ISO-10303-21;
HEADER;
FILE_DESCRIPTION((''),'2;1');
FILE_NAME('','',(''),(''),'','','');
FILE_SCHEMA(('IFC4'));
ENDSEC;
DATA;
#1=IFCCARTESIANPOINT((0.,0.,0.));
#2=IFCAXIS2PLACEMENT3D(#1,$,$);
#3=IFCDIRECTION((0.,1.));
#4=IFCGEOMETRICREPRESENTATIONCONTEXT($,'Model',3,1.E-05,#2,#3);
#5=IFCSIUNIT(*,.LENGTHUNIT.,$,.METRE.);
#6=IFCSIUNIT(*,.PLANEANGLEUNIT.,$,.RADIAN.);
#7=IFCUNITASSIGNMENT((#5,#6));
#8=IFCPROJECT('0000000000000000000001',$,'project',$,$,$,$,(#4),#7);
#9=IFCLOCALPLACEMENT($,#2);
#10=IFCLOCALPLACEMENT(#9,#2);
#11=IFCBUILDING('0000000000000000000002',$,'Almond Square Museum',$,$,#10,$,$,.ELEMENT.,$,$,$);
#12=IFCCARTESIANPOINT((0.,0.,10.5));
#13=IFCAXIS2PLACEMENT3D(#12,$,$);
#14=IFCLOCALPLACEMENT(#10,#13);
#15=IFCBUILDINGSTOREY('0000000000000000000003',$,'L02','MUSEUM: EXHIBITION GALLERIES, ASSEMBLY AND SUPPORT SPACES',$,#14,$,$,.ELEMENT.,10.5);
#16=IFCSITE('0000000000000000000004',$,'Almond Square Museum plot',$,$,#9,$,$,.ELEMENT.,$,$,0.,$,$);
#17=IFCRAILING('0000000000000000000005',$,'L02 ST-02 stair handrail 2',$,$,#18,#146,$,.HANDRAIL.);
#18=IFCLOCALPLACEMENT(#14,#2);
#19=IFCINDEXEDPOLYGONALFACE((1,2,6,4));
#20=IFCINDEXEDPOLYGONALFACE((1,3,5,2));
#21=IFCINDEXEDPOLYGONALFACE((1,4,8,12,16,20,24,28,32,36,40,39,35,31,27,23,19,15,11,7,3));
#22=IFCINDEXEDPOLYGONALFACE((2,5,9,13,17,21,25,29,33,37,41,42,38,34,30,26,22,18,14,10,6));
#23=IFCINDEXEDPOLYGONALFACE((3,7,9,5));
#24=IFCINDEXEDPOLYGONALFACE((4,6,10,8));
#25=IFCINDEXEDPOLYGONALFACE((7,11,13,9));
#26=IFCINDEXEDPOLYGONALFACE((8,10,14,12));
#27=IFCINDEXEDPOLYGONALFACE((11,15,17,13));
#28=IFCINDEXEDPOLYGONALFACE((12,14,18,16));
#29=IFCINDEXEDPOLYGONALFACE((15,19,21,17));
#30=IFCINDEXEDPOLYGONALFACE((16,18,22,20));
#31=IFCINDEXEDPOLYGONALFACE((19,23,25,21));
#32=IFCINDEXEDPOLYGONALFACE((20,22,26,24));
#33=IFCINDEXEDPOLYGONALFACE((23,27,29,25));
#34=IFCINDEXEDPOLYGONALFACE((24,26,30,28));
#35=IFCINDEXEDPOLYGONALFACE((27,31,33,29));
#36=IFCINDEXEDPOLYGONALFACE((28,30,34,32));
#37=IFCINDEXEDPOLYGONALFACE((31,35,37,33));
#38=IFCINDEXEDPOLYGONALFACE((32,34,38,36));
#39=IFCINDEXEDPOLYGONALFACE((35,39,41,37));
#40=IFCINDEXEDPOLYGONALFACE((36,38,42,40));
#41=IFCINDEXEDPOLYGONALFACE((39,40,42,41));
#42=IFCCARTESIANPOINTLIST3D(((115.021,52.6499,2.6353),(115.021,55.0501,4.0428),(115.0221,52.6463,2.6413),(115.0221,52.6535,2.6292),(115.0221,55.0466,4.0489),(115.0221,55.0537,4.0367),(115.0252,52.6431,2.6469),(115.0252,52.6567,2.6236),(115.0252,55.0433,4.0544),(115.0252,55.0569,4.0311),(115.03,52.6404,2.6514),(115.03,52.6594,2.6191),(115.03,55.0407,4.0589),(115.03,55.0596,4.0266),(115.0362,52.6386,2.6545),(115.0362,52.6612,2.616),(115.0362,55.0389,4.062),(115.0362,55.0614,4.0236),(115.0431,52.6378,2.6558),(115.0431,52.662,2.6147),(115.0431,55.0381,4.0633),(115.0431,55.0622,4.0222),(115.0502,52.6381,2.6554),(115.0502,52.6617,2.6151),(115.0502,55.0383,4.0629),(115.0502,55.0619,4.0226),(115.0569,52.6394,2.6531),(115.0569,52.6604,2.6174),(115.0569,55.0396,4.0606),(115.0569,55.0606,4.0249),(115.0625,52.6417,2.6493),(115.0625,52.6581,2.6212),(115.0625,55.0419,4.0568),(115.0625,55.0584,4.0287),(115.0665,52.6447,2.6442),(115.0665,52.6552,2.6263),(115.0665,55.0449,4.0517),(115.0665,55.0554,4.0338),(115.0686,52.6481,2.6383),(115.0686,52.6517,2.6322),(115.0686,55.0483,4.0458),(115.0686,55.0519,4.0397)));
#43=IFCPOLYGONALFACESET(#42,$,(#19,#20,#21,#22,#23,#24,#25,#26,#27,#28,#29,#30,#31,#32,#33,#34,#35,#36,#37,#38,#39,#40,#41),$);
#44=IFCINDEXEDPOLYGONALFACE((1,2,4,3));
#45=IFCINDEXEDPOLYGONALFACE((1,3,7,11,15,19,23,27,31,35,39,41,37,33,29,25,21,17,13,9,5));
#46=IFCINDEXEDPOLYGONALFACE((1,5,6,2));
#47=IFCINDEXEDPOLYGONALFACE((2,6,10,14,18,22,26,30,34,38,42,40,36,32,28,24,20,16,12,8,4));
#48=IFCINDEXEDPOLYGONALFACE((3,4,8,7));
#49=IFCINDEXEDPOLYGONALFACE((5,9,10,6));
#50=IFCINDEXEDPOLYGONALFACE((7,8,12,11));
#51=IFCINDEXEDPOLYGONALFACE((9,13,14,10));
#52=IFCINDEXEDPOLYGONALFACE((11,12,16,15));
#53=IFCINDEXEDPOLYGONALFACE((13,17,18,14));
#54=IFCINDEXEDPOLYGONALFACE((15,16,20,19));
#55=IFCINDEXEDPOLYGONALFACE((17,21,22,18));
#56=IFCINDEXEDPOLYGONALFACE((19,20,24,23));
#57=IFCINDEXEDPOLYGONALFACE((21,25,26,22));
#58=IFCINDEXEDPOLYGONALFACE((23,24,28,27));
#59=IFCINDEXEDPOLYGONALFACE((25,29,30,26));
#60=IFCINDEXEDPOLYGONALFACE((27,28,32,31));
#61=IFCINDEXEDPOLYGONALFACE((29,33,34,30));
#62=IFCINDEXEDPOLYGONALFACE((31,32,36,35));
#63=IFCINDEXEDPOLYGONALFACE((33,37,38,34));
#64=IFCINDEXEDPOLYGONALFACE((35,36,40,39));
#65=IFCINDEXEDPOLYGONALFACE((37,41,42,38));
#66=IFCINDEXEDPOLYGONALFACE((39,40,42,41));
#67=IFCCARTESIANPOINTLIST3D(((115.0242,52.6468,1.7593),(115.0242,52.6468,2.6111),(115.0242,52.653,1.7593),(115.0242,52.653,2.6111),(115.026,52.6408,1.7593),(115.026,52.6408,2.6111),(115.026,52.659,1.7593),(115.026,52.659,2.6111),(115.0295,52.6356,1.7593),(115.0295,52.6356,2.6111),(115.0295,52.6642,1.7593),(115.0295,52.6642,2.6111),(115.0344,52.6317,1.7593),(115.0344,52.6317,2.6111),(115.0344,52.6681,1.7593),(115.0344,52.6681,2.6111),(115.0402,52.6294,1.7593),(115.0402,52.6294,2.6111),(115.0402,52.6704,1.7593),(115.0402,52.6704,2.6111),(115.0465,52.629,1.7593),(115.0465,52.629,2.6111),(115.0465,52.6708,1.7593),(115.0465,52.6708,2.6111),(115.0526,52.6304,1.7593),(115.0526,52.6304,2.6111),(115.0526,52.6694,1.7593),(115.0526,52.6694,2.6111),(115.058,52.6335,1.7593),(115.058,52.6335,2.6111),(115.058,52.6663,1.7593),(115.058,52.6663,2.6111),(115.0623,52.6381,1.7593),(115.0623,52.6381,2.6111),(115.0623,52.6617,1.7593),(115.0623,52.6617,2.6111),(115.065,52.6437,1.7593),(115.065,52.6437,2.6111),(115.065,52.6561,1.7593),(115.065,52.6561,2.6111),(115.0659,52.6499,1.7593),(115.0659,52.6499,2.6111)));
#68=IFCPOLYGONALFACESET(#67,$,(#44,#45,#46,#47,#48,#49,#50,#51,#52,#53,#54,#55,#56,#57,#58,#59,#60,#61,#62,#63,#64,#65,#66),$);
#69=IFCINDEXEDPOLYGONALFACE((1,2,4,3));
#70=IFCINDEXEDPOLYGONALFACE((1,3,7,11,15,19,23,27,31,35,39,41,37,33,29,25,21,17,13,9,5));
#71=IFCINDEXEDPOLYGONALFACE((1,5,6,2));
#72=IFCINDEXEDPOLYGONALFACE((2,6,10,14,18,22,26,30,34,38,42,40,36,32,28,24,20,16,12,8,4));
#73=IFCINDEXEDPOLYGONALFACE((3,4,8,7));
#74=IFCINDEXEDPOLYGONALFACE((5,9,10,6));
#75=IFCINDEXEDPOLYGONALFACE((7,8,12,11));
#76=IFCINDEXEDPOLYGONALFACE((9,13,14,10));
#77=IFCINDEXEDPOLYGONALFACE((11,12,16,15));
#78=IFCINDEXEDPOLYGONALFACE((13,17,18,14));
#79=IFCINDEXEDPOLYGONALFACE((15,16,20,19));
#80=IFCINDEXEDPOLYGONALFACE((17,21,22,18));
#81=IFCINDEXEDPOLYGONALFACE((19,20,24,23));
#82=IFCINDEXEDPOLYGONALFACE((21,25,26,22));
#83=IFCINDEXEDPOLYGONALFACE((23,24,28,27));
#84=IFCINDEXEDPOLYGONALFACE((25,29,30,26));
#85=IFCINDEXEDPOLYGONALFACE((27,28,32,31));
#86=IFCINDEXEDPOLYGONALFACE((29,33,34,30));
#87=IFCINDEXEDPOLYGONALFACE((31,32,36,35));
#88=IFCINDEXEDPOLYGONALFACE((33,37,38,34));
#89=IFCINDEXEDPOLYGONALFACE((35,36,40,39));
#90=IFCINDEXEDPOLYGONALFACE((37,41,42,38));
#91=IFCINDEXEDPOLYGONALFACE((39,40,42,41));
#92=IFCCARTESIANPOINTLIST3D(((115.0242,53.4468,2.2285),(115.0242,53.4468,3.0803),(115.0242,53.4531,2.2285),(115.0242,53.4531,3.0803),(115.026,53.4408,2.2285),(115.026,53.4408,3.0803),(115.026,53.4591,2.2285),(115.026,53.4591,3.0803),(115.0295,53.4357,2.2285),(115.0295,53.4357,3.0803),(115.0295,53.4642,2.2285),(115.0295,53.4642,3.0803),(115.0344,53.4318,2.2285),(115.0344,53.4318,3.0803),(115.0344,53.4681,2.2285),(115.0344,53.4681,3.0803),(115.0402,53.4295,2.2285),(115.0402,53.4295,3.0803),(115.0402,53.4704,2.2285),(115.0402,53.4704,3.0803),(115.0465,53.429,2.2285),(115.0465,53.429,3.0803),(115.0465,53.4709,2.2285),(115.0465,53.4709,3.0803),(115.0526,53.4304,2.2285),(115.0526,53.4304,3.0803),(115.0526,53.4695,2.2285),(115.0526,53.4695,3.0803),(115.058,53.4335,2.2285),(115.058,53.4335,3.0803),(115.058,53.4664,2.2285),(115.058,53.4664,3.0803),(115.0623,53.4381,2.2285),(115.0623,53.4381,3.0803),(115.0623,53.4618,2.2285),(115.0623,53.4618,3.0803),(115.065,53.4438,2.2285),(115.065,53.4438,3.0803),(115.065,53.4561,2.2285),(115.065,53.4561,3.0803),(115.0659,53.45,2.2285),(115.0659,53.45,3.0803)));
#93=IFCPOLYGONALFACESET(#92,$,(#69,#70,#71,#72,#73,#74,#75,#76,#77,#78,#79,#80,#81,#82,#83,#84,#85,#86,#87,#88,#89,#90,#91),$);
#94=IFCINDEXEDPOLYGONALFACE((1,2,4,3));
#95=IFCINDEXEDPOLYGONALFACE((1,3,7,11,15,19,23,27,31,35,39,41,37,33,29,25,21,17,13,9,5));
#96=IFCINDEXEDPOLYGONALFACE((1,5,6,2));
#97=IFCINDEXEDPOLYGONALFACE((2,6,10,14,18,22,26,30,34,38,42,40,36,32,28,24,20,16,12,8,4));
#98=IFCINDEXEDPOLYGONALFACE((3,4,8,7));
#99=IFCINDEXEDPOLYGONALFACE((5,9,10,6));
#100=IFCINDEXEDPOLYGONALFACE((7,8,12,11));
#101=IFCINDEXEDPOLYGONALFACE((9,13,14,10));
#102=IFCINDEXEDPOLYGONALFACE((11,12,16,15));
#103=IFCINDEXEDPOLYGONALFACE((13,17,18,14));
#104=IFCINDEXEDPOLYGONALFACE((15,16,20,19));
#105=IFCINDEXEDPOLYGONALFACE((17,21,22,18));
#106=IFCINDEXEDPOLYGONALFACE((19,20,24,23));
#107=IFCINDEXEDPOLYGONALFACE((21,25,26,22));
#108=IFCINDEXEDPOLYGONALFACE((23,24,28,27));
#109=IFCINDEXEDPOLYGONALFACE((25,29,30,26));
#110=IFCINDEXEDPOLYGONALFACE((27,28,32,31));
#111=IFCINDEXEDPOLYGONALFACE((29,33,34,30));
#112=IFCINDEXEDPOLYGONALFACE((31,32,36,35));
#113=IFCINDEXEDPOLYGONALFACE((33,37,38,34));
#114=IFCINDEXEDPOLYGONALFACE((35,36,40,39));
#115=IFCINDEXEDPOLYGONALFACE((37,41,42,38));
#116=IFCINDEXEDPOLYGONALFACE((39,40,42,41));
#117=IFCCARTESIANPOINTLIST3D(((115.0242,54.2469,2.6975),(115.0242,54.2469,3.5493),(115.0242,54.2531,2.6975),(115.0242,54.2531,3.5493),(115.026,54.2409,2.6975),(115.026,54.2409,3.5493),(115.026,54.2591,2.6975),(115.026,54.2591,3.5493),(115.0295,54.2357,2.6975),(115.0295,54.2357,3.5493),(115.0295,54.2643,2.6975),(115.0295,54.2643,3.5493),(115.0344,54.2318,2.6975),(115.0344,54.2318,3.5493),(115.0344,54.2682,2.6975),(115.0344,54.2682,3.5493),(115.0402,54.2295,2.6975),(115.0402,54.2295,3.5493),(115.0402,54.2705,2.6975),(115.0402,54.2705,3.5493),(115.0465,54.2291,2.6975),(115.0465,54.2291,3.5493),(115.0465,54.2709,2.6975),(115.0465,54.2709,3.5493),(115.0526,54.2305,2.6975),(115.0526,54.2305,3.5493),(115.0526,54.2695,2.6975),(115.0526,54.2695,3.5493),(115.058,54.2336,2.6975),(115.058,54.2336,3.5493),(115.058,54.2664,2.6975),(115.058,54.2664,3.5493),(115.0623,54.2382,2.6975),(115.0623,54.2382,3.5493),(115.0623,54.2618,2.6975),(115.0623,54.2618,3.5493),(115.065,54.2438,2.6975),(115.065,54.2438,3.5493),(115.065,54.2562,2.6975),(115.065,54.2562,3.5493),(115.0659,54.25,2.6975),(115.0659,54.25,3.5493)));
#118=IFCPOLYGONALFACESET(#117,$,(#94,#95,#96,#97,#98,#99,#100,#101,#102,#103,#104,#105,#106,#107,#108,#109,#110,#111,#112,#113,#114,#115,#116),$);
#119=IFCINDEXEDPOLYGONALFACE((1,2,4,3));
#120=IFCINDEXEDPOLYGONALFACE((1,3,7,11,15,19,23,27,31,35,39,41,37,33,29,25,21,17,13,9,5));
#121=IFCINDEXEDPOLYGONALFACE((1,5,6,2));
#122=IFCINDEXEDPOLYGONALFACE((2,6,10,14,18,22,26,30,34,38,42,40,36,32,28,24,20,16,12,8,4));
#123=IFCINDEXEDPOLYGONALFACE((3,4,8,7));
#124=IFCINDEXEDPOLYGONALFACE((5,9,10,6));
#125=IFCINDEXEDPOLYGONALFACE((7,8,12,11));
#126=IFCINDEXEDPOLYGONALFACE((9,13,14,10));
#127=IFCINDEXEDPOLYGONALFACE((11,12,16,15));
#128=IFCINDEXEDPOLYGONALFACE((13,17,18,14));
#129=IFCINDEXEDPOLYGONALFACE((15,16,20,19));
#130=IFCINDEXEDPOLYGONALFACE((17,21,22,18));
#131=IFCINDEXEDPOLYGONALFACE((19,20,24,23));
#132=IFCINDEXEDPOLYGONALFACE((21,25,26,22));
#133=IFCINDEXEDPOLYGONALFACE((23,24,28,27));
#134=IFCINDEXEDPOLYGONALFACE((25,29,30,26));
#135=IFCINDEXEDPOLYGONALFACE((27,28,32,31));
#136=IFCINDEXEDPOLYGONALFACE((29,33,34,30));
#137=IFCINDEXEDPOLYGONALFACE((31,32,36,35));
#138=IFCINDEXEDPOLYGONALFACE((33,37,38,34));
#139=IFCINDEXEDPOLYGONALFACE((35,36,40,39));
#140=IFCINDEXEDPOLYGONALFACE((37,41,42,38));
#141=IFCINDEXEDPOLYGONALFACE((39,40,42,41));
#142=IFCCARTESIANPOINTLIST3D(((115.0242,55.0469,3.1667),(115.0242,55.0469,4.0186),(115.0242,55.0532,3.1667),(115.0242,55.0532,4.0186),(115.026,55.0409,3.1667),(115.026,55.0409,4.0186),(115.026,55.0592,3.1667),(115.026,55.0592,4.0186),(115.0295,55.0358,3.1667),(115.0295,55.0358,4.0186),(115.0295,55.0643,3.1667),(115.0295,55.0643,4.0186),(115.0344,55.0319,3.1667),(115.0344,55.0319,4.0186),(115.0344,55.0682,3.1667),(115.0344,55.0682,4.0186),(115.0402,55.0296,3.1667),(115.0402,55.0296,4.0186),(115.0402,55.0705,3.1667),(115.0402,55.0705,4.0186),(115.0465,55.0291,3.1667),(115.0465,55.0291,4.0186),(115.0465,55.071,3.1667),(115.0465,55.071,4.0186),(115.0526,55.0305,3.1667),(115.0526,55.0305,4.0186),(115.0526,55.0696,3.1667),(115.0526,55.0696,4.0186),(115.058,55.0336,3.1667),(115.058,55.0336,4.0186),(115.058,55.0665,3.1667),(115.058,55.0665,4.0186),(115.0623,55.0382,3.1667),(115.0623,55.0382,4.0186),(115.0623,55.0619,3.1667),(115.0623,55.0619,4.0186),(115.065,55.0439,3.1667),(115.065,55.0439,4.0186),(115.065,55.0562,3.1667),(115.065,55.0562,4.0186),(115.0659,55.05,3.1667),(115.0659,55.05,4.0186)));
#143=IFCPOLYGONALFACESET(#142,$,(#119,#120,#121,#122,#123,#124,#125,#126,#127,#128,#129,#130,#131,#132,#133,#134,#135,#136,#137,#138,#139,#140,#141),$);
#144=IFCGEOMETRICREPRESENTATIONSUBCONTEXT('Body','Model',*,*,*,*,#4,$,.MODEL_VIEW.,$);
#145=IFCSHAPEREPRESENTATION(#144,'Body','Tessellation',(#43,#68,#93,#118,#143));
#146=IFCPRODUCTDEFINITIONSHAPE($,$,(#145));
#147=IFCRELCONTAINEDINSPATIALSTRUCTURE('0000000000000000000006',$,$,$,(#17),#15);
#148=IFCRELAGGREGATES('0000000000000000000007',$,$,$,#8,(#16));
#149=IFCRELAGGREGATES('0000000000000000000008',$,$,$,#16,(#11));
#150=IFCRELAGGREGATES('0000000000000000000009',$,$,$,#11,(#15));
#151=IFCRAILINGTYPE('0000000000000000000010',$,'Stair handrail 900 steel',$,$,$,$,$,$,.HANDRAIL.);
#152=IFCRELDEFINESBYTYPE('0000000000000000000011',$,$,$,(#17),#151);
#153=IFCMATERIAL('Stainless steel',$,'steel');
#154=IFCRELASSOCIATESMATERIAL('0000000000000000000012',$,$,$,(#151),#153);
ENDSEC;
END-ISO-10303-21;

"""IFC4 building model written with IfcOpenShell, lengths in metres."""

from ifc_helpers import new_model, si_unit, direction, frame, origin, origin_2d, place, context, subcontext, project, spatial, circle, extrude, material, type_object, element, save


model = new_model("IFC4")

# Units and contexts
model_context = context("Model", 3, precision=1e-05, world=origin(), true_north=direction((0.0, 1.0)))
body_context = subcontext(model_context, "Body", "Model", "MODEL_VIEW")
ifc_project = project(units=[si_unit("LENGTHUNIT", "METRE"), si_unit("PLANEANGLEUNIT", "RADIAN")], contexts=[model_context])

# Site, building, storey
site_placement = place(None, origin())
site = spatial("IfcSite", under=ifc_project, at=site_placement, Name="Almond Square Museum plot", CompositionType="ELEMENT", RefElevation=0.0)
building_placement = place(site_placement, origin())
building = spatial("IfcBuilding", under=site, at=building_placement, Name="Almond Square Museum", CompositionType="ELEMENT")
storey_placement = place(building_placement, frame((0.0, 0.0, 10.5)))
storey = spatial("IfcBuildingStorey", under=building, at=storey_placement, Name="L02", Description="MUSEUM: EXHIBITION GALLERIES, ASSEMBLY AND SUPPORT SPACES", CompositionType="ELEMENT", Elevation=10.5)

# Railing
ifc_material_1 = material(Name="Stainless steel", Category="steel")
railing_type_1 = type_object("IfcRailingType", Name="Stair handrail 900 steel", PredefinedType="HANDRAIL", material=ifc_material_1)
railing_1_placement = place(storey_placement, frame((115.0449, 52.6499, 1.7593)))
element("IfcRailing", 1, at=railing_1_placement, inside=storey, type_object=railing_type_1, Name="L02 ST-02 stair handrail 2", PredefinedType="HANDRAIL", context=body_context, shape_type="SweptSolid", body=[
    extrude(circle(Radius=0.0239, at=origin_2d()), frame((0.0, 0.0, 0.876), z_axis=(0.0, 0.862621, 0.50585), x_axis=(-1.0, 0.0, 0.0)), (0.0, 0.0, 1.0), 2.7825),
    extrude(circle(Radius=0.021, at=origin_2d()), origin(), (0.0, 0.0, 1.0), 0.8518),
    extrude(circle(Radius=0.021, at=origin_2d()), frame((0.0, 0.8, 0.4692)), (0.0, 0.0, 1.0), 0.8518),
    extrude(circle(Radius=0.021, at=origin_2d()), frame((0.0, 1.6001, 0.9382)), (0.0, 0.0, 1.0), 0.8518),
    extrude(circle(Radius=0.021, at=origin_2d()), frame((0.0, 2.4001, 1.4075)), (0.0, 0.0, 1.0), 0.8518),
])

save(model, "model.ifc")
